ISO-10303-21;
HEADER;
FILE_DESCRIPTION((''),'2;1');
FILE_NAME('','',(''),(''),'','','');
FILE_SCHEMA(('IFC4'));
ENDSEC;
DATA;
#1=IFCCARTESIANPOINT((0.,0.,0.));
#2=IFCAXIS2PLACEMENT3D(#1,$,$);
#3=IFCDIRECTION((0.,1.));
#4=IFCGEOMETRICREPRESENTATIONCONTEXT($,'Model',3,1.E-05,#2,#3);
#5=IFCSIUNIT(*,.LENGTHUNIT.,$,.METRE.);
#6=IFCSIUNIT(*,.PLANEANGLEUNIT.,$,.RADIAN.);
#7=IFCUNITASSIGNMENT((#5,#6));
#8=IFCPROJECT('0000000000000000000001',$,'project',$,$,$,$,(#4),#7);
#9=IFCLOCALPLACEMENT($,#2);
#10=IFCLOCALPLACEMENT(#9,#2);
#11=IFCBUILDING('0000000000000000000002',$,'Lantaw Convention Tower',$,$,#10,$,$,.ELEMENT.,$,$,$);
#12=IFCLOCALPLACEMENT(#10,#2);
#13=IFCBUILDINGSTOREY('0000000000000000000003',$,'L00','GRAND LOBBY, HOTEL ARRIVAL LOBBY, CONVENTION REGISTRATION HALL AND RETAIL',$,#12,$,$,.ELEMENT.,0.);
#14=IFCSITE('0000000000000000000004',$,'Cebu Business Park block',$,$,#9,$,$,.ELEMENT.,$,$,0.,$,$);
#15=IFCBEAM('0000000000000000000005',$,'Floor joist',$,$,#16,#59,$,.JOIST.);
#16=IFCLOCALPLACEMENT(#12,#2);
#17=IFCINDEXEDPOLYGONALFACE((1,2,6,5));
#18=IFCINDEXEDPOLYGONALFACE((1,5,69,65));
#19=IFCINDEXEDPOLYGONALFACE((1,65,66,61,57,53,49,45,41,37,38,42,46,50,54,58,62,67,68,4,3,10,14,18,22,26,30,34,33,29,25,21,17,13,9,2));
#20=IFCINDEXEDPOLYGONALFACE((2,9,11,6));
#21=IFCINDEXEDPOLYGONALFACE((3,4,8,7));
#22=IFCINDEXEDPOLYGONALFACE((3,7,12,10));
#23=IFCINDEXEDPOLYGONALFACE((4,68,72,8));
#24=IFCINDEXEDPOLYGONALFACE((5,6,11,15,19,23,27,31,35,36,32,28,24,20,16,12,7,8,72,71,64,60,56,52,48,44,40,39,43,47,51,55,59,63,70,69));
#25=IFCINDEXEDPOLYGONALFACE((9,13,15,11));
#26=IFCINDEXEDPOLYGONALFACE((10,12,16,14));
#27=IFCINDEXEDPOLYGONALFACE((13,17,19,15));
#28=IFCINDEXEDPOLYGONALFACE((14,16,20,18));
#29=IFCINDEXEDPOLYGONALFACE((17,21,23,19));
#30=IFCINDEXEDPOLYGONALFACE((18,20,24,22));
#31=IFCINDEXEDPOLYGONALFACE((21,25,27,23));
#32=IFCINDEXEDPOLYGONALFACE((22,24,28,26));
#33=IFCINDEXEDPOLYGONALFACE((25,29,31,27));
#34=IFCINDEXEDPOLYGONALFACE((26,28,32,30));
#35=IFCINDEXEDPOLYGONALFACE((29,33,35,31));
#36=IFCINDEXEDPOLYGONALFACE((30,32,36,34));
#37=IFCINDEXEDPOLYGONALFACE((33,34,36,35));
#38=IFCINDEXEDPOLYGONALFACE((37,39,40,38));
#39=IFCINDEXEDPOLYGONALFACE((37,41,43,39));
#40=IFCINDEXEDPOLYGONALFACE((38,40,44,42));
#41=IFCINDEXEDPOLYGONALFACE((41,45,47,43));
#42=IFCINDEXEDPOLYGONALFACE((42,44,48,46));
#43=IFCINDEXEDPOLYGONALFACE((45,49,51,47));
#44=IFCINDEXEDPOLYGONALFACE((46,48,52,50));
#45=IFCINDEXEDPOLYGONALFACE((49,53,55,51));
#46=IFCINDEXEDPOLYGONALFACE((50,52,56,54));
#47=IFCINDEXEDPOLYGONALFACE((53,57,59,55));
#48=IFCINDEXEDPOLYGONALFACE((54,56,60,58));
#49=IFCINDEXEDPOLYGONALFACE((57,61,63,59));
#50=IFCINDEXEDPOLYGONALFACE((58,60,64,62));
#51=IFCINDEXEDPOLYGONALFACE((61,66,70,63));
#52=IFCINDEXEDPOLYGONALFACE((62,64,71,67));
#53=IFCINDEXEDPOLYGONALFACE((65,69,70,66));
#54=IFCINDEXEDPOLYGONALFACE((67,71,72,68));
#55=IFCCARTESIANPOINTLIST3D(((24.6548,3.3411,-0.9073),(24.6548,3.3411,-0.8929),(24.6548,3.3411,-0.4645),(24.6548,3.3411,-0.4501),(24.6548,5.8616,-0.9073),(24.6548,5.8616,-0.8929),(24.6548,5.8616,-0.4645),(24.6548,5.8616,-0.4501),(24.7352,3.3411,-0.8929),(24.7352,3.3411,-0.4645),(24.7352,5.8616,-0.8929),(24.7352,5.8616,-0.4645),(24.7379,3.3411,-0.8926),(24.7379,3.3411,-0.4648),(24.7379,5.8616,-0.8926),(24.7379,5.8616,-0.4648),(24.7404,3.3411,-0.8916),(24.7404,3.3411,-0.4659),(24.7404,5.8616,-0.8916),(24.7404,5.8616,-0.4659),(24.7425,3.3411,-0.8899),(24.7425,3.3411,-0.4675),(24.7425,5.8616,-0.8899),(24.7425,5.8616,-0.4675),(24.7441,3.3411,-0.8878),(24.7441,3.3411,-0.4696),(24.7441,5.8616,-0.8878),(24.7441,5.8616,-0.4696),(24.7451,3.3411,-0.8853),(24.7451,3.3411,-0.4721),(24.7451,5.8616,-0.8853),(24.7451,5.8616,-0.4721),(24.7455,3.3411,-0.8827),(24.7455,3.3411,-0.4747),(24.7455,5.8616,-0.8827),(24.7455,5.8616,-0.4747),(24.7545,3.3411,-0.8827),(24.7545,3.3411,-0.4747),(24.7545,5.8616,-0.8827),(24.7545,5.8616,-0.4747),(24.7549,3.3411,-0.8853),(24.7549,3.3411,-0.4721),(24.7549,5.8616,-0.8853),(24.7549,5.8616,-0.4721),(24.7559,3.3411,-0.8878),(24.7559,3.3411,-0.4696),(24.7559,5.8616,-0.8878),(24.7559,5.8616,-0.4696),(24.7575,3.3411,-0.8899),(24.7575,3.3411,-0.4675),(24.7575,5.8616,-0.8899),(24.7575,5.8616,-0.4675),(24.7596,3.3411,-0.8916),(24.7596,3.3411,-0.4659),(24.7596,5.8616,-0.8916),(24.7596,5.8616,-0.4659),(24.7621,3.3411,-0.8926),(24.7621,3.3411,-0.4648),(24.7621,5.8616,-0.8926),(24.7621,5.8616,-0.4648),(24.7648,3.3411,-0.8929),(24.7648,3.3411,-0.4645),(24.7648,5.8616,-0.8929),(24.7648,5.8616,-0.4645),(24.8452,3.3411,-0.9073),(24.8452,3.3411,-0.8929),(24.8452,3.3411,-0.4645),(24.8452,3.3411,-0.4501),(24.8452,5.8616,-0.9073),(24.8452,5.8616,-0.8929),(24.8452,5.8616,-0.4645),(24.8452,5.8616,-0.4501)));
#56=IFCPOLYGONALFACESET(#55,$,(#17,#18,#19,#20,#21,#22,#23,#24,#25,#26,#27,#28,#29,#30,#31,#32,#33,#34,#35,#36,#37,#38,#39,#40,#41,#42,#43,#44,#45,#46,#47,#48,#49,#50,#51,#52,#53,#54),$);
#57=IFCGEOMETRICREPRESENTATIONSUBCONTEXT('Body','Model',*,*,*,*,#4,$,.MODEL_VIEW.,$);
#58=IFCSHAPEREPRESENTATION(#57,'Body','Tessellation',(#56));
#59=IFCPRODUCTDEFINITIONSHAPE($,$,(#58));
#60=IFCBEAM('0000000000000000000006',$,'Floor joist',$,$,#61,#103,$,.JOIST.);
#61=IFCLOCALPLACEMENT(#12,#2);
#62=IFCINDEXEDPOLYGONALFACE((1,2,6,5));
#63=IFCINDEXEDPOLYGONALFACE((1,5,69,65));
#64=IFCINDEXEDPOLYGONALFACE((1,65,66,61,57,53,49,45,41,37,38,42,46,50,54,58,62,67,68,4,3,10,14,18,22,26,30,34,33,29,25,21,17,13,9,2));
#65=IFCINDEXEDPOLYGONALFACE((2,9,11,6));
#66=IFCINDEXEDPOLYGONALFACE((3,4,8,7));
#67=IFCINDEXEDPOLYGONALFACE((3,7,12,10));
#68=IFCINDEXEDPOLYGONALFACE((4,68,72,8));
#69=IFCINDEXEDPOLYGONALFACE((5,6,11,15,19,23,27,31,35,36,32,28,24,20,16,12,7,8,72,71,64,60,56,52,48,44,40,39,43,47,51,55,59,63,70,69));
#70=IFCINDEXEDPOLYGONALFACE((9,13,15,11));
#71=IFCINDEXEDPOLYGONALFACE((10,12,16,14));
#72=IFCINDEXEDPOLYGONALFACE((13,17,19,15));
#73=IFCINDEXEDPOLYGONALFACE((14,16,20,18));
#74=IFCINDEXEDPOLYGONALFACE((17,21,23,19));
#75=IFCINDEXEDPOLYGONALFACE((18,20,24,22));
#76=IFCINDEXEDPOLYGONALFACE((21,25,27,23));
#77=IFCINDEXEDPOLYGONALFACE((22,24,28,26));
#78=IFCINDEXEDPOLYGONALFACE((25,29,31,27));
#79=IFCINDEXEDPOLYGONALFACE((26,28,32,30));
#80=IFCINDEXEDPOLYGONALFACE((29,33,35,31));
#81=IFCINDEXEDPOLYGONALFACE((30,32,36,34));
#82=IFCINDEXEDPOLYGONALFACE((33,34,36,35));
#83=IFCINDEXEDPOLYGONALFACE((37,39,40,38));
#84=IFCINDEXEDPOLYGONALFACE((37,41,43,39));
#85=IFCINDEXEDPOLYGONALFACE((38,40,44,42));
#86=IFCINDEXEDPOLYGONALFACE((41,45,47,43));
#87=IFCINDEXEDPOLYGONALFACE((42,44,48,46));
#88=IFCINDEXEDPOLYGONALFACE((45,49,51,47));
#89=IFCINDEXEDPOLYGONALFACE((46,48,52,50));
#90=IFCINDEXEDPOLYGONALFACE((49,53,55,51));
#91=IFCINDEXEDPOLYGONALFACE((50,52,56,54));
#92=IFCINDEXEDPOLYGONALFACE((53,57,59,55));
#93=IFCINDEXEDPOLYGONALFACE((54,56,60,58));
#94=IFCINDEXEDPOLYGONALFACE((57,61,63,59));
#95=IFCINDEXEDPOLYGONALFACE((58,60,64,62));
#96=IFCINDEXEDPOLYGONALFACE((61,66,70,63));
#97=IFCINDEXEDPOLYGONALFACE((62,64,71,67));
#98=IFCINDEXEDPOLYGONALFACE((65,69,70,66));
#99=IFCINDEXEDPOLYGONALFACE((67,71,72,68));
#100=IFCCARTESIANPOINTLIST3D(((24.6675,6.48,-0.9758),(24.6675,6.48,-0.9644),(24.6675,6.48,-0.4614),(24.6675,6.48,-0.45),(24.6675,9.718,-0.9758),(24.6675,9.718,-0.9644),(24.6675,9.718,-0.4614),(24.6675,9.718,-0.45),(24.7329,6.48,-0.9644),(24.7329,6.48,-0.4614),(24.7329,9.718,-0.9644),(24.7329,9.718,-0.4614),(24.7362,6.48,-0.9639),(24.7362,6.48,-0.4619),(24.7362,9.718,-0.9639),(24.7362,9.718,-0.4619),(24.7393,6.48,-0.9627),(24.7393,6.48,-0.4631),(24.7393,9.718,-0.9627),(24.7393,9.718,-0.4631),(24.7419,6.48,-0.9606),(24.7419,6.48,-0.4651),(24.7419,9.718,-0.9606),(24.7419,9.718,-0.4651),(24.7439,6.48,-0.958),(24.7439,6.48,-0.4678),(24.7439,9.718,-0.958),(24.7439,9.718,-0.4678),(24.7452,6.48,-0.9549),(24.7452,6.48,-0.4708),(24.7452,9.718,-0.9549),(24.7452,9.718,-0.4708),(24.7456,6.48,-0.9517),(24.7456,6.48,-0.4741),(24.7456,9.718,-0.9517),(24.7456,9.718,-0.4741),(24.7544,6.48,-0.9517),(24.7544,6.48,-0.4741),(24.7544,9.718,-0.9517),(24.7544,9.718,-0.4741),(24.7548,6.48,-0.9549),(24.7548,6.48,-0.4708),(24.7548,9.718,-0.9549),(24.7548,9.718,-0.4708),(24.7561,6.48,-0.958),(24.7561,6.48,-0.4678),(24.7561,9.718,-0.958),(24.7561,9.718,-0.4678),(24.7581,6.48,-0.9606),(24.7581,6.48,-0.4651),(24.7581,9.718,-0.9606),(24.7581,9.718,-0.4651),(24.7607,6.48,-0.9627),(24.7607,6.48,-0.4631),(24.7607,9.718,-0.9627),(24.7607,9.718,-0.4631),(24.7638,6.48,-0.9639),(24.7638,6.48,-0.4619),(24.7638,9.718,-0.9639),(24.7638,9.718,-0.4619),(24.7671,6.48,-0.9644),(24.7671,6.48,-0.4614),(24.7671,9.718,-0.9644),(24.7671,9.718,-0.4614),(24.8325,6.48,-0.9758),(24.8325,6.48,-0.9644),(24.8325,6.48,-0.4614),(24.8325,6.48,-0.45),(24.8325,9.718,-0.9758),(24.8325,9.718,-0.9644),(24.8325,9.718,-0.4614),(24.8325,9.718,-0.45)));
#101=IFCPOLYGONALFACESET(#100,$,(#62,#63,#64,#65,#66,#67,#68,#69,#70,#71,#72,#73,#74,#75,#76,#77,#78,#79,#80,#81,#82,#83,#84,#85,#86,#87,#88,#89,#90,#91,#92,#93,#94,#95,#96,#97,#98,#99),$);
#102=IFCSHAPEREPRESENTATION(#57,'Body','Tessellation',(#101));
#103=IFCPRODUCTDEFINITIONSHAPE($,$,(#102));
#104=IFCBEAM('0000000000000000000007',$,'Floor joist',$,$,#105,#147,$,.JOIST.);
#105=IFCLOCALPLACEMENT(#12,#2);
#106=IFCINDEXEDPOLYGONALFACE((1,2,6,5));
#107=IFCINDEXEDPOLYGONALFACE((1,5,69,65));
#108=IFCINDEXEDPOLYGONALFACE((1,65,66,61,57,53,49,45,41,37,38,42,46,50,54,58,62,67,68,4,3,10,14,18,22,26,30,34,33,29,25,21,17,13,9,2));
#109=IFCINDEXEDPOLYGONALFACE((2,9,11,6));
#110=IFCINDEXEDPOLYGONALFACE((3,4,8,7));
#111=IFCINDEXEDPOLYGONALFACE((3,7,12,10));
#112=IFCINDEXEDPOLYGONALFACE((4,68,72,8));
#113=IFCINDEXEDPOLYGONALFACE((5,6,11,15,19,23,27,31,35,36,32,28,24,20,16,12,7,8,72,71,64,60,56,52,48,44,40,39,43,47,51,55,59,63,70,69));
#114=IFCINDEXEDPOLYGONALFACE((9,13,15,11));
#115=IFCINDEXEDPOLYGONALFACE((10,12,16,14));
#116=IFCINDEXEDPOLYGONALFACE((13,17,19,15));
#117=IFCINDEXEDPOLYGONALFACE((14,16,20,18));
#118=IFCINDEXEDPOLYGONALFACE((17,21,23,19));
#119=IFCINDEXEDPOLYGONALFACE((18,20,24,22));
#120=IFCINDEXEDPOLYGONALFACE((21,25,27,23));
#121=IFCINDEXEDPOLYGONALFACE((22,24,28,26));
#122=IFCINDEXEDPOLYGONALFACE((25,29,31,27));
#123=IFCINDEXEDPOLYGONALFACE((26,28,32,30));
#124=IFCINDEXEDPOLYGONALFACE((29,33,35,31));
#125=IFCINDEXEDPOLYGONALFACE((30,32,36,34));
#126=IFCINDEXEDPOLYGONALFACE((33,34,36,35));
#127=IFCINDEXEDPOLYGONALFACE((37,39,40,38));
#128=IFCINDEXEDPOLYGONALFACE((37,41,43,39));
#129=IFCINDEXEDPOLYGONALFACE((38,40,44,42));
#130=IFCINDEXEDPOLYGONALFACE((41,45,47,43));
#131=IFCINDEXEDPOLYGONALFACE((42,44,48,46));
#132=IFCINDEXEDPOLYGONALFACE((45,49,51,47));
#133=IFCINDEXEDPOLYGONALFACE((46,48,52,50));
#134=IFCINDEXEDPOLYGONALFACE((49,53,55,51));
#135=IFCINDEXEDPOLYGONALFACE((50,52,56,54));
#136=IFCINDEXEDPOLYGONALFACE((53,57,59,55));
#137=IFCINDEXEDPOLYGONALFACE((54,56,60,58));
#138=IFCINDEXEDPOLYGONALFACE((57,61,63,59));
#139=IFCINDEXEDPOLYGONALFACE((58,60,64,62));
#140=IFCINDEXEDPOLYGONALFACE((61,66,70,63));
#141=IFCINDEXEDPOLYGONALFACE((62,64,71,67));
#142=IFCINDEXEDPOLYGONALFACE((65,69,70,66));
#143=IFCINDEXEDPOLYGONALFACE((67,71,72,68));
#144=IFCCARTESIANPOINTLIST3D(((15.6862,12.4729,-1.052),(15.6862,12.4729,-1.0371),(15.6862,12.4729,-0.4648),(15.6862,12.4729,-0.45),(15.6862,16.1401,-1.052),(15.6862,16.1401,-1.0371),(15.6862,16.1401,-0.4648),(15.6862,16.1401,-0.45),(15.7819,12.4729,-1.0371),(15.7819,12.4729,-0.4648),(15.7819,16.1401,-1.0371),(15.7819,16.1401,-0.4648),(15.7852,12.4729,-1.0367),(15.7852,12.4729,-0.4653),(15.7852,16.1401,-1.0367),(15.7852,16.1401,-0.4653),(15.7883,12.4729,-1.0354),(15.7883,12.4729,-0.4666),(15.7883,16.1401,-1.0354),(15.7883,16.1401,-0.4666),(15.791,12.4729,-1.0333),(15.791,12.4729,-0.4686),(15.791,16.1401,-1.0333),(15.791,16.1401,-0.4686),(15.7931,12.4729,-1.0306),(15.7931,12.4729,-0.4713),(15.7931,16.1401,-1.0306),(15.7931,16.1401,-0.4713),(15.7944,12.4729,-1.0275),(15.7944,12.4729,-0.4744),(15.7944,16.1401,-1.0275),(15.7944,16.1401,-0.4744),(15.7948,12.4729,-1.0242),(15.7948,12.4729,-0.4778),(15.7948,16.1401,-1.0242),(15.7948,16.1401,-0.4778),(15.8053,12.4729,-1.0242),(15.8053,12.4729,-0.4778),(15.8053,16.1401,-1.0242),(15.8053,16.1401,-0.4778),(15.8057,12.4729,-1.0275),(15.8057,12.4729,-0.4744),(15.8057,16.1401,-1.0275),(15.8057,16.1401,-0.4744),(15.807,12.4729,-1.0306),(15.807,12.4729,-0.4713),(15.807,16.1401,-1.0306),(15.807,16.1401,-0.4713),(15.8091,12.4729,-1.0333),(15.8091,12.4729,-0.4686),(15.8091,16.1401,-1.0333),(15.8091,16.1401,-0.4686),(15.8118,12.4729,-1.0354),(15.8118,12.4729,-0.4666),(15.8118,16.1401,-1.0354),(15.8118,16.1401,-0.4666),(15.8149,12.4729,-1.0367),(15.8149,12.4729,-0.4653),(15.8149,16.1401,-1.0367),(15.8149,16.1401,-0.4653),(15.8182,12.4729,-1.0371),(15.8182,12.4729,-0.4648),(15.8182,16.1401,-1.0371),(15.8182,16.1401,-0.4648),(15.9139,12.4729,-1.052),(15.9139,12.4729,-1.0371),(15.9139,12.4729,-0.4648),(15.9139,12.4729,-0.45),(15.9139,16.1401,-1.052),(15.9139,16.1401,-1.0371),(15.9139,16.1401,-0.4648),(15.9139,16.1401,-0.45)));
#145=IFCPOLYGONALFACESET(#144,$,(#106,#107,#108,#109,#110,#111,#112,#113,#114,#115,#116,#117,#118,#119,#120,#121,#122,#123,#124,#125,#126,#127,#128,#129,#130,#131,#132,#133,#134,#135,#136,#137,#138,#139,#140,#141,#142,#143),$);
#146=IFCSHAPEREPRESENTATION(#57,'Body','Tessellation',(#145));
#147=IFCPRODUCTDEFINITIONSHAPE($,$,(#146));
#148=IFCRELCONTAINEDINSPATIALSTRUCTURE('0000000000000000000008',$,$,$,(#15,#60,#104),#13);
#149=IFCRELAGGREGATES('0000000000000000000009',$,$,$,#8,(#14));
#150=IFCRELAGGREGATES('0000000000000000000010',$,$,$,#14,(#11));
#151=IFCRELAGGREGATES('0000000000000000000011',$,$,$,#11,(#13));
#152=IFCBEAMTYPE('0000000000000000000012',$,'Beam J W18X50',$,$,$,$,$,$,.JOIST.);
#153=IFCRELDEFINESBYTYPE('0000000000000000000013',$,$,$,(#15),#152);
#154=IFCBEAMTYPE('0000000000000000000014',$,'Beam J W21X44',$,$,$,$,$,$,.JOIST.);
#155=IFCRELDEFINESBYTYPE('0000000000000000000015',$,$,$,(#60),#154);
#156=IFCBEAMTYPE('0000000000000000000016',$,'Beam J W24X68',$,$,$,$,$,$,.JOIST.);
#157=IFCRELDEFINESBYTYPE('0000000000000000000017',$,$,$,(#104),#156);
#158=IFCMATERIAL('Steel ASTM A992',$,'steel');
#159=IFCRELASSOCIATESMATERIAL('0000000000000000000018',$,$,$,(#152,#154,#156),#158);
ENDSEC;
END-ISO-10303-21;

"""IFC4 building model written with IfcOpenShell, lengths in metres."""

from ifc_helpers import new_model, si_unit, direction, frame, origin, origin_2d, place, context, subcontext, project, spatial, i_section, extrude, material, material_profile, profile_set, type_object, element, save


model = new_model("IFC4")

# Units and contexts
model_context = context("Model", 3, precision=1e-05, world=origin(), true_north=direction((0.0, 1.0)))
body_context = subcontext(model_context, "Body", "Model", "MODEL_VIEW")
ifc_project = project(units=[si_unit("LENGTHUNIT", "METRE"), si_unit("PLANEANGLEUNIT", "RADIAN")], contexts=[model_context])

# Site, building, storey
site_placement = place(None, origin())
site = spatial("IfcSite", under=ifc_project, at=site_placement, Name="Cebu Business Park block", CompositionType="ELEMENT", RefElevation=0.0)
building_placement = place(site_placement, origin())
building = spatial("IfcBuilding", under=site, at=building_placement, Name="Lantaw Convention Tower", CompositionType="ELEMENT")
storey_placement = place(building_placement, origin())
storey = spatial("IfcBuildingStorey", under=building, at=storey_placement, Name="L00", Description="GRAND LOBBY, HOTEL ARRIVAL LOBBY, CONVENTION REGISTRATION HALL AND RETAIL", CompositionType="ELEMENT", Elevation=0.0)

# Beams
ifc_material_1 = material(Name="Steel ASTM A992", Category="steel")
ifc_material_profile_1 = material_profile(ifc_material_1, i_section(OverallWidth=0.1904, OverallDepth=0.4573, WebThickness=0.009, FlangeThickness=0.0144, FilletRadius=0.0103, at=origin_2d()), Name="W18X50")
ifc_profile_set_1 = profile_set([ifc_material_profile_1], Name="Steel ASTM A992")
beam_type_1 = type_object("IfcBeamType", Name="Beam J W18X50", PredefinedType="JOIST", material=ifc_profile_set_1)
beam_1_placement = place(storey_placement, frame((24.75, 3.3411, -0.6787), z_axis=(0.0, 1.0, 0.0), x_axis=(-1.0, 0.0, 0.0)))
element("IfcBeam", 1, at=beam_1_placement, inside=storey, type_object=beam_type_1, Name="Floor joist", PredefinedType="JOIST", context=body_context, shape_type="SweptSolid", body=[
    extrude(i_section(OverallWidth=0.1904, OverallDepth=0.4573, WebThickness=0.009, FlangeThickness=0.0144, FilletRadius=0.0103, at=origin_2d()), origin(), (0.0, 0.0, 1.0), 2.5205),
])
ifc_material_profile_2 = material_profile(ifc_material_1, i_section(OverallWidth=0.165, OverallDepth=0.5259, WebThickness=0.0088, FlangeThickness=0.0115, FilletRadius=0.0127, at=origin_2d()), Name="W21X44")
ifc_profile_set_2 = profile_set([ifc_material_profile_2], Name="Steel ASTM A992")
beam_type_2 = type_object("IfcBeamType", Name="Beam J W21X44", PredefinedType="JOIST", material=ifc_profile_set_2)
beam_2_placement = place(storey_placement, frame((24.75, 6.48, -0.7129), z_axis=(0.0, 1.0, 0.0), x_axis=(-1.0, 0.0, 0.0)))
element("IfcBeam", 2, at=beam_2_placement, inside=storey, type_object=beam_type_2, Name="Floor joist", PredefinedType="JOIST", context=body_context, shape_type="SweptSolid", body=[
    extrude(i_section(OverallWidth=0.165, OverallDepth=0.5259, WebThickness=0.0088, FlangeThickness=0.0115, FilletRadius=0.0127, at=origin_2d()), origin(), (0.0, 0.0, 1.0), 3.238),
])
ifc_material_profile_3 = material_profile(ifc_material_1, i_section(OverallWidth=0.2278, OverallDepth=0.6021, WebThickness=0.0105, FlangeThickness=0.0149, FilletRadius=0.0129, at=origin_2d()), Name="W24X68")
ifc_profile_set_3 = profile_set([ifc_material_profile_3], Name="Steel ASTM A992")
beam_type_3 = type_object("IfcBeamType", Name="Beam J W24X68", PredefinedType="JOIST", material=ifc_profile_set_3)
beam_3_placement = place(storey_placement, frame((15.8, 12.4729, -0.751), z_axis=(0.0, 1.0, 0.0), x_axis=(-1.0, 0.0, 0.0)))
element("IfcBeam", 3, at=beam_3_placement, inside=storey, type_object=beam_type_3, Name="Floor joist", PredefinedType="JOIST", context=body_context, shape_type="SweptSolid", body=[
    extrude(i_section(OverallWidth=0.2278, OverallDepth=0.6021, WebThickness=0.0105, FlangeThickness=0.0149, FilletRadius=0.0129, at=origin_2d()), origin(), (0.0, 0.0, 1.0), 3.6672),
])

save(model, "model.ifc")
